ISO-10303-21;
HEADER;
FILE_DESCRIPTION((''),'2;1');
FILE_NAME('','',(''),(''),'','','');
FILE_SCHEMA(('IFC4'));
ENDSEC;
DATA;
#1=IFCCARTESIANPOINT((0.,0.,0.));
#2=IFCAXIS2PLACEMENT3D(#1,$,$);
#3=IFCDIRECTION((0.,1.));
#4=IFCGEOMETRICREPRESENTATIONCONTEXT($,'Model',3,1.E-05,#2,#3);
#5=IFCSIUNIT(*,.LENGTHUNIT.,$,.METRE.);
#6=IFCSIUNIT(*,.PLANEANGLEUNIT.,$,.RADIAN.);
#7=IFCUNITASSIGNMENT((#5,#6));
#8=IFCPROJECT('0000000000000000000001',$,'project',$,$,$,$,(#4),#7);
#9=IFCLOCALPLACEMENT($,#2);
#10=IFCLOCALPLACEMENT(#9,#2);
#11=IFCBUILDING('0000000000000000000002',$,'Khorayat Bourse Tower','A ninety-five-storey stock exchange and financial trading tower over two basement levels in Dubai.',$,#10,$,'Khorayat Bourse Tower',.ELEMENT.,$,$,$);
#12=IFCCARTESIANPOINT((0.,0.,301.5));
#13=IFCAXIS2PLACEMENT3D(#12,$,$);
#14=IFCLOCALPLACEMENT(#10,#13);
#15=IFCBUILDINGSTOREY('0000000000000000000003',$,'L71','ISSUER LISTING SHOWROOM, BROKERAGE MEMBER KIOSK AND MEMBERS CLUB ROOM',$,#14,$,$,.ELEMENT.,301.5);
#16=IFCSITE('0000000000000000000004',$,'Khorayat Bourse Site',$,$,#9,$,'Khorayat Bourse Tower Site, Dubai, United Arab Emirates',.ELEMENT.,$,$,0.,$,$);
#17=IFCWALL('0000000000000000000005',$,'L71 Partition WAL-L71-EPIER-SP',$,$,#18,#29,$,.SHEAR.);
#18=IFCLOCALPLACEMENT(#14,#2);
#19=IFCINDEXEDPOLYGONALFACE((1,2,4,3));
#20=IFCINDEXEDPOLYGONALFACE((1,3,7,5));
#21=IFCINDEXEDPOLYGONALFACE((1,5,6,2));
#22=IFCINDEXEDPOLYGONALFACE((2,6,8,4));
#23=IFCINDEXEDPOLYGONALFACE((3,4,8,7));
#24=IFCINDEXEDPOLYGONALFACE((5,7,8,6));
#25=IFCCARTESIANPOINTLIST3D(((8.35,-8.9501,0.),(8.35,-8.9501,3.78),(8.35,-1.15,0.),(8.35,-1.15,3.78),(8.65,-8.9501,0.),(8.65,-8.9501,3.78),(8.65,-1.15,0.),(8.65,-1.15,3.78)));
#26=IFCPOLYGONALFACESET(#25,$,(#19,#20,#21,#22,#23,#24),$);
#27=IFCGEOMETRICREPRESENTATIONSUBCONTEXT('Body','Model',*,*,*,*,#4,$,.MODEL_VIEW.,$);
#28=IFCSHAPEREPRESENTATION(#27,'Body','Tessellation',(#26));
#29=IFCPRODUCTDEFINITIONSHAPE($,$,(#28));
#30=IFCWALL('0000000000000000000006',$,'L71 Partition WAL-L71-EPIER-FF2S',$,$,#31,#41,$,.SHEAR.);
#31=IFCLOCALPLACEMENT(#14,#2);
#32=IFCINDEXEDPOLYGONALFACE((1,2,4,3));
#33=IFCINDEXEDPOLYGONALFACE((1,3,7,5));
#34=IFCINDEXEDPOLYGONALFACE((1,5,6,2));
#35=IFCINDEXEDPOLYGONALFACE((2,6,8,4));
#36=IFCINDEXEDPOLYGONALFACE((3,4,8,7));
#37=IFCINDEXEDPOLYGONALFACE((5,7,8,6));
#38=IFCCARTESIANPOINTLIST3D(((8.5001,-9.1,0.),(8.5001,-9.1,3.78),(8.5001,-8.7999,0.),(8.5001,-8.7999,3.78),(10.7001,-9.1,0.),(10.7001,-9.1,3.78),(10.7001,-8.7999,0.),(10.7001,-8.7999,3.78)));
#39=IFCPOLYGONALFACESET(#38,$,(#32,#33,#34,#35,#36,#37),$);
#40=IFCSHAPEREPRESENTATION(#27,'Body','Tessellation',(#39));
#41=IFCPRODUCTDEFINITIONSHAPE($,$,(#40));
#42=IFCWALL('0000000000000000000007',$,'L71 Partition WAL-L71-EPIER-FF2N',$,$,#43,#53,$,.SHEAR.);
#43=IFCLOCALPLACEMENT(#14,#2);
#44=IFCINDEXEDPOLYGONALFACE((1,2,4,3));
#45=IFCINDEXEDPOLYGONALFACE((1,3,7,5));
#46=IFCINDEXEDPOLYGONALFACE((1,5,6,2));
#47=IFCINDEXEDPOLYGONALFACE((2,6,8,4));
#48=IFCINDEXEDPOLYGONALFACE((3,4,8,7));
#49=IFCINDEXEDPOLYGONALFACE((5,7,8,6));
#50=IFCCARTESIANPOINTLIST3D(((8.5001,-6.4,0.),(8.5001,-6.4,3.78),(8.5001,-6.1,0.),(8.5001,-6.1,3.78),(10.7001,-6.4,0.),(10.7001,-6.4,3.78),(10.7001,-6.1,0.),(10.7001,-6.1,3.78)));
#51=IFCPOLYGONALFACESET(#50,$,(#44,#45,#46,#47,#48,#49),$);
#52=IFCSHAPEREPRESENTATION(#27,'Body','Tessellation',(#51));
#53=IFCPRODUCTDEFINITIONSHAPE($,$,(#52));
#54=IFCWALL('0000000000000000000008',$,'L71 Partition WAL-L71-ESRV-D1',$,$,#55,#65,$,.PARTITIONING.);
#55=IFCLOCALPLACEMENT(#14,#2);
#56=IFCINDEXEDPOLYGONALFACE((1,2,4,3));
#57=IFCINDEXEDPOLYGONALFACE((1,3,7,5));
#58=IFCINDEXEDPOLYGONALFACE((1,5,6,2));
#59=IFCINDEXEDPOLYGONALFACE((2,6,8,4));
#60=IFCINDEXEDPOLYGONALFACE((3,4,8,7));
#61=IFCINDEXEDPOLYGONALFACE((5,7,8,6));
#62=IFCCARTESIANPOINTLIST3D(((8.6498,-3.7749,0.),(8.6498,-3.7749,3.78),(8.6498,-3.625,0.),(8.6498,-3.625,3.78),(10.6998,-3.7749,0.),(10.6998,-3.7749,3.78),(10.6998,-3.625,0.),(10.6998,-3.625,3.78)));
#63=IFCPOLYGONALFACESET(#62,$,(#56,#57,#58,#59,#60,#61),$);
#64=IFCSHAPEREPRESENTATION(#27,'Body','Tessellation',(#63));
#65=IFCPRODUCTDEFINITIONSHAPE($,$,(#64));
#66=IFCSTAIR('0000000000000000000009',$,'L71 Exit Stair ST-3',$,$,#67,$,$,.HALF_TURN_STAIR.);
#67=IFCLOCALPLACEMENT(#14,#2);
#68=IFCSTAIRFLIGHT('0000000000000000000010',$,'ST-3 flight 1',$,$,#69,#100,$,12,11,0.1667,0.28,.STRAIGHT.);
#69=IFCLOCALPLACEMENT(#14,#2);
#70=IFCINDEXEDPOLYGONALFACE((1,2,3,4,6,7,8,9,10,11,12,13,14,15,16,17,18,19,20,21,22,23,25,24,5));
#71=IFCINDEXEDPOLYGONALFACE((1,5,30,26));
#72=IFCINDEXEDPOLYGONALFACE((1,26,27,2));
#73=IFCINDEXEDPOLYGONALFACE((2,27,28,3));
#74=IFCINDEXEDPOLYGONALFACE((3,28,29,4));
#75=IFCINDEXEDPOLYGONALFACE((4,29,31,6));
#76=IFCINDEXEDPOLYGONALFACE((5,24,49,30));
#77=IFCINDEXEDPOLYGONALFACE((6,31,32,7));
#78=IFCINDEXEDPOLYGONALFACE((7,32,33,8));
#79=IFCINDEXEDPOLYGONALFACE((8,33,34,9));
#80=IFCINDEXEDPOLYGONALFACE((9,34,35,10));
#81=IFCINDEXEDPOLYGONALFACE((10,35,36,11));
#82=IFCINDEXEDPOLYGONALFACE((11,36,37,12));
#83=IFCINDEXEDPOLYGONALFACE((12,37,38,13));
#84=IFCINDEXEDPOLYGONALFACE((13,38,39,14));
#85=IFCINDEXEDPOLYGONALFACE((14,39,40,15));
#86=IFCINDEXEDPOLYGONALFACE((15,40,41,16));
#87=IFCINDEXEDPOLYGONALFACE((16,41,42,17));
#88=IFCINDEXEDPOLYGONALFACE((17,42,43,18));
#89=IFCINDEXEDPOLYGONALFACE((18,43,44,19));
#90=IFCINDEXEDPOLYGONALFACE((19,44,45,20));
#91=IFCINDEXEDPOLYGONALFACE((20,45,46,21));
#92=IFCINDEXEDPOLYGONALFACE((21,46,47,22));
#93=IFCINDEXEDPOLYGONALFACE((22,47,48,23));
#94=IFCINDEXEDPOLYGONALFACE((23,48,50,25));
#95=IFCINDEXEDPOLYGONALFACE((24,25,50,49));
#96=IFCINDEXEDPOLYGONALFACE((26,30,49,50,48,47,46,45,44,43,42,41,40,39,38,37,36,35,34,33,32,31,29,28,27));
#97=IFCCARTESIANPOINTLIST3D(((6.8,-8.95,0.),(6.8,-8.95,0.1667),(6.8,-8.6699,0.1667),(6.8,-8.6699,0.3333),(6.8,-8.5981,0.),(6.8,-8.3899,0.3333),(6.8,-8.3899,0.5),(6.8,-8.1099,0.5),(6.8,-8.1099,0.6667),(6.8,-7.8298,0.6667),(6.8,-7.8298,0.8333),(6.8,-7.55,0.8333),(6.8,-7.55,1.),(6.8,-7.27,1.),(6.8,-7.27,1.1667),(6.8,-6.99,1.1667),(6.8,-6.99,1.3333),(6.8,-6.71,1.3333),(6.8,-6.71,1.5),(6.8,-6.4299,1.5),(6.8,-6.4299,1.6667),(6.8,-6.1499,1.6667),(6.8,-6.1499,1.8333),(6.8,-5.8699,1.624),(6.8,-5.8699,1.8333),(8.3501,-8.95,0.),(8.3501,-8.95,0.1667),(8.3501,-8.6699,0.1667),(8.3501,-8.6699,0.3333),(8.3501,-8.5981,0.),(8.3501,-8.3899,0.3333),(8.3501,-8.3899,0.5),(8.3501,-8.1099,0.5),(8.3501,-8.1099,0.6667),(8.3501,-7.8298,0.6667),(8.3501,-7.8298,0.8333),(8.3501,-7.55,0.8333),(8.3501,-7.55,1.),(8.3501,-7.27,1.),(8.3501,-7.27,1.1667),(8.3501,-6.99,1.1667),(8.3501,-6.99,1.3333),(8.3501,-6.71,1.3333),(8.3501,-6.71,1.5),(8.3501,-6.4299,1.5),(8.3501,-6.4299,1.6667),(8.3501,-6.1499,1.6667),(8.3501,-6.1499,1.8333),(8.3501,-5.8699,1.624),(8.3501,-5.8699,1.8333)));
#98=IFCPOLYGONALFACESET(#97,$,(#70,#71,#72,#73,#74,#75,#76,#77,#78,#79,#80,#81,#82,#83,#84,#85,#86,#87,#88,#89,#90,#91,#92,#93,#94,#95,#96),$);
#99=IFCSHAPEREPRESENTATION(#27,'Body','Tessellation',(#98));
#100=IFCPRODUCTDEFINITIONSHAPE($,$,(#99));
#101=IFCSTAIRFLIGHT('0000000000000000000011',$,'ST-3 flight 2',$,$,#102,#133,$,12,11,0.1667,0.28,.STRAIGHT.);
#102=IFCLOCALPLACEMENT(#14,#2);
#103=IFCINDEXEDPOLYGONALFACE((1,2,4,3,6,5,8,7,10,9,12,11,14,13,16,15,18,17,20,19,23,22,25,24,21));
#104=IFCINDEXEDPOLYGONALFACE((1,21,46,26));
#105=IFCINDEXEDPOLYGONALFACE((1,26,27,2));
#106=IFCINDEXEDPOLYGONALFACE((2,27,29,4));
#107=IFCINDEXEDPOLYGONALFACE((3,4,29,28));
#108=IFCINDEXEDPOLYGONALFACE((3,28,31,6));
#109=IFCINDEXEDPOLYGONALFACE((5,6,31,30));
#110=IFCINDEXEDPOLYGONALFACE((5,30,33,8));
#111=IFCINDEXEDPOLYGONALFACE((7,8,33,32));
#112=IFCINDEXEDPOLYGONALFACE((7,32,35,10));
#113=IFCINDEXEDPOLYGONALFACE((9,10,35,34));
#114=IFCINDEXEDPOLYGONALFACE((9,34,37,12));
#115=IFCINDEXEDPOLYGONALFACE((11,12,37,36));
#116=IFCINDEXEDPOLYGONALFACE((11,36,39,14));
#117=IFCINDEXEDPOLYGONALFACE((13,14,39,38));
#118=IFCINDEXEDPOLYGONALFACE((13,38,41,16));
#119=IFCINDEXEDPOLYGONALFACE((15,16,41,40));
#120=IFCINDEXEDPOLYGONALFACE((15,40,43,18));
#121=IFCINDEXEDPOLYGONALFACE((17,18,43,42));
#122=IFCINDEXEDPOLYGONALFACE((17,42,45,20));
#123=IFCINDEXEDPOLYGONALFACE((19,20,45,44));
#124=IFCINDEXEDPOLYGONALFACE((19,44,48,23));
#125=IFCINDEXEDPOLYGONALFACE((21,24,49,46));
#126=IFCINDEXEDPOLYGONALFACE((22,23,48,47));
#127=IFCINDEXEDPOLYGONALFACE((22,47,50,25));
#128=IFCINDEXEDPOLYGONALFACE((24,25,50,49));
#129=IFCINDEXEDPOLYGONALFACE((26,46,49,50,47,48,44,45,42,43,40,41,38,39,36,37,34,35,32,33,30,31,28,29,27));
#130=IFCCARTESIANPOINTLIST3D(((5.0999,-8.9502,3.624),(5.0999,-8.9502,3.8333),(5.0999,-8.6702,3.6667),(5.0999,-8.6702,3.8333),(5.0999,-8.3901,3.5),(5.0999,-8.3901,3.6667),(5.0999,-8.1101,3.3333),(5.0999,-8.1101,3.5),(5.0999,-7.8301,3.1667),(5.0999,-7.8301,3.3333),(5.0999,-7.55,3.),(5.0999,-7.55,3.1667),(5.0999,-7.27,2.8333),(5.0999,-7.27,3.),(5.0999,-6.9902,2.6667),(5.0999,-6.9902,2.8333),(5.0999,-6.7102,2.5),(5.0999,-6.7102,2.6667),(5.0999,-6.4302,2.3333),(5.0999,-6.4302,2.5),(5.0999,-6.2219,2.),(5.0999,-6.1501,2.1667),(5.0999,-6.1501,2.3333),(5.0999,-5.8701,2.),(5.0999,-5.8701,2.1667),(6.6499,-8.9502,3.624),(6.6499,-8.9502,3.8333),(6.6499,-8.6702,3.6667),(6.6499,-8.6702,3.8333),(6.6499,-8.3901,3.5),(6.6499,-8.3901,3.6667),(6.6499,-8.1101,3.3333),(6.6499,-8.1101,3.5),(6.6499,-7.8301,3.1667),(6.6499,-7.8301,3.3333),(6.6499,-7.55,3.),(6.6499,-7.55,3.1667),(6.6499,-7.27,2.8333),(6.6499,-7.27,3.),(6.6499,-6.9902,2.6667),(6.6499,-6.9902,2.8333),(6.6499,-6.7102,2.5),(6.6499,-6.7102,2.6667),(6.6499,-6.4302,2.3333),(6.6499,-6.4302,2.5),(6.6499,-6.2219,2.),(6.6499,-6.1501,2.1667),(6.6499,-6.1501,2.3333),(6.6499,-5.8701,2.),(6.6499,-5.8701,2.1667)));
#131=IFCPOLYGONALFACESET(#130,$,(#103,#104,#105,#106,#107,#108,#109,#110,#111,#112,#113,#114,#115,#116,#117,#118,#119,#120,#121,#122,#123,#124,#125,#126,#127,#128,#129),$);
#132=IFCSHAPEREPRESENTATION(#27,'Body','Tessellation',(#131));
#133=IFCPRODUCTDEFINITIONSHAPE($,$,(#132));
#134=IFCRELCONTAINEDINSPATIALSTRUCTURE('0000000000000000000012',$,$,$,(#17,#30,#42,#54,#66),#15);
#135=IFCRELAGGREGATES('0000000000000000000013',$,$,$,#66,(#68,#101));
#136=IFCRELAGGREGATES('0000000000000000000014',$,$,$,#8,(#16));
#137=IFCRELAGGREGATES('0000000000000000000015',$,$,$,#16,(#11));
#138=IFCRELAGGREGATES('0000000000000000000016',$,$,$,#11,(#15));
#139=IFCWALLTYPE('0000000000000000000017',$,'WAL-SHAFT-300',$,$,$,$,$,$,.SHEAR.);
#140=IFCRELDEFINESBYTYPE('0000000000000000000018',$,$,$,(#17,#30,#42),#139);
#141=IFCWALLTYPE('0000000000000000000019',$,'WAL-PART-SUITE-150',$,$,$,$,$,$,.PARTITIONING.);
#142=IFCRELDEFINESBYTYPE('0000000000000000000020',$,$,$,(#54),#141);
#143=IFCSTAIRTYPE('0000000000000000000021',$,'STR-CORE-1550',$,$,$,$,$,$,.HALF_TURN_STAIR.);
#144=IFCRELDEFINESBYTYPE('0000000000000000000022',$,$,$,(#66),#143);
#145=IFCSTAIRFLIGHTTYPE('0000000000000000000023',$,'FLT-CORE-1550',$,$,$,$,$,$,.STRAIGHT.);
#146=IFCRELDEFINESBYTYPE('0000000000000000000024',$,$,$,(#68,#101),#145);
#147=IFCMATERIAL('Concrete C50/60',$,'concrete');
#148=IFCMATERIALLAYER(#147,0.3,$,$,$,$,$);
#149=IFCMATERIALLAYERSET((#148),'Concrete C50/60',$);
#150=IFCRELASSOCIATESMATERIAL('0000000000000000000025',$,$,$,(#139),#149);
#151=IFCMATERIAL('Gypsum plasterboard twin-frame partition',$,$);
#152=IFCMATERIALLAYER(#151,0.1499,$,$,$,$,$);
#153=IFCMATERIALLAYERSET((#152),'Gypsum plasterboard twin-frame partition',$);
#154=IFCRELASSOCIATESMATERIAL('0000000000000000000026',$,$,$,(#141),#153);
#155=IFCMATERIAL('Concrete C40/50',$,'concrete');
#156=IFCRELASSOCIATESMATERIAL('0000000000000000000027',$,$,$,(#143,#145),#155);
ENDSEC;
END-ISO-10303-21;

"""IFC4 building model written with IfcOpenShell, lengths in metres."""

from ifc_helpers import new_model, si_unit, direction, frame, frame_2d, origin, place, context, subcontext, project, spatial, polyline, rectangle, outline, extrude, source, transform, mapped, material, layer, layer_set, type_object, element, aggregate, save


model = new_model("IFC4")

# Units and contexts
model_context = context("Model", 3, precision=1e-05, world=origin(), true_north=direction((0.0, 1.0)))
body_context = subcontext(model_context, "Body", "Model", "MODEL_VIEW")
ifc_project = project(units=[si_unit("LENGTHUNIT", "METRE"), si_unit("PLANEANGLEUNIT", "RADIAN")], contexts=[model_context])

# Site, building, storey
site_placement = place(None, origin())
site = spatial("IfcSite", under=ifc_project, at=site_placement, Name="Khorayat Bourse Site", LongName="Khorayat Bourse Tower Site, Dubai, United Arab Emirates", CompositionType="ELEMENT", RefElevation=0.0)
building_placement = place(site_placement, origin())
building = spatial("IfcBuilding", under=site, at=building_placement, Name="Khorayat Bourse Tower", Description="A ninety-five-storey stock exchange and financial trading tower over two basement levels in Dubai.", LongName="Khorayat Bourse Tower", CompositionType="ELEMENT")
storey_placement = place(building_placement, frame((0.0, 0.0, 301.5)))
storey = spatial("IfcBuildingStorey", under=building, at=storey_placement, Name="L71", Description="ISSUER LISTING SHOWROOM, BROKERAGE MEMBER KIOSK AND MEMBERS CLUB ROOM", CompositionType="ELEMENT", Elevation=301.5)

# Walls
ifc_material_1 = material(Name="Concrete C50/60", Category="concrete")
ifc_layer_1 = layer(ifc_material_1, 0.3)
ifc_layer_set_1 = layer_set([ifc_layer_1], Name="Concrete C50/60")
wall_type_1 = type_object("IfcWallType", Name="WAL-SHAFT-300", PredefinedType="SHEAR", material=ifc_layer_set_1)
shared_shape_1 = source(origin(), body_context, "Body", "SweptSolid", [
    extrude(rectangle(XDim=7.8, YDim=0.3, at=frame_2d((3.8999, 0.0))), origin(), (0.0, 0.0, 1.0), 3.78),
])
wall_1_placement = place(storey_placement, frame((8.5, -8.95, 0.0), z_axis=(0.0, 0.0, 1.0), x_axis=(0.0, 1.0, 0.0)))
element("IfcWall", 1, at=wall_1_placement, inside=storey, type_object=wall_type_1, Name="L71 Partition WAL-L71-EPIER-SP", PredefinedType="SHEAR", context=body_context, shape_type="MappedRepresentation", body=[
    mapped(shared_shape_1, transform((0.0, 0.0, 0.0), scale=1.0)),
])
shared_shape_2 = source(origin(), body_context, "Body", "SweptSolid", [
    extrude(rectangle(XDim=2.2, YDim=0.3, at=frame_2d((1.1001, 0.0))), origin(), (0.0, 0.0, 1.0), 3.78),
])
for number, where, z_axis, x_axis, name in (
    (2, (8.5, -8.95, 0.0), (0.0, 0.0, 1.0), (1.0, 0.0, 0.0), "L71 Partition WAL-L71-EPIER-FF2S"),
    (3, (8.5, -6.25, 0.0), (0.0, 0.0, 1.0), (1.0, 0.0, 0.0), "L71 Partition WAL-L71-EPIER-FF2N"),
):
    element("IfcWall", number, at=place(storey_placement, frame(where, z_axis=z_axis, x_axis=x_axis)), inside=storey, type_object=wall_type_1, Name=name, PredefinedType="SHEAR", context=body_context, shape_type="MappedRepresentation", body=[
        mapped(shared_shape_2, transform((0.0, 0.0, 0.0), scale=1.0)),
    ])
ifc_material_2 = material(Name="Gypsum plasterboard twin-frame partition")
ifc_layer_2 = layer(ifc_material_2, 0.1499)
ifc_layer_set_2 = layer_set([ifc_layer_2], Name="Gypsum plasterboard twin-frame partition")
wall_type_2 = type_object("IfcWallType", Name="WAL-PART-SUITE-150", PredefinedType="PARTITIONING", material=ifc_layer_set_2)
shared_shape_3 = source(origin(), body_context, "Body", "SweptSolid", [
    extrude(rectangle(XDim=2.05, YDim=0.1499, at=frame_2d((1.0249, 0.0))), origin(), (0.0, 0.0, 1.0), 3.78),
])
wall_2_placement = place(storey_placement, frame((8.6499, -3.7, 0.0), z_axis=(0.0, 0.0, 1.0), x_axis=(1.0, 0.0, 0.0)))
element("IfcWall", 4, at=wall_2_placement, inside=storey, type_object=wall_type_2, Name="L71 Partition WAL-L71-ESRV-D1", PredefinedType="PARTITIONING", context=body_context, shape_type="MappedRepresentation", body=[
    mapped(shared_shape_3, transform((0.0, 0.0, 0.0), scale=1.0)),
])

# Stair, stair flights
ifc_material_3 = material(Name="Concrete C40/50", Category="concrete")
stair_type = type_object("IfcStairType", Name="STR-CORE-1550", PredefinedType="HALF_TURN_STAIR", material=ifc_material_3)
stair_placement = place(storey_placement, origin())
stair = element("IfcStair", 5, at=stair_placement, inside=storey, type_object=stair_type, Name="L71 Exit Stair ST-3", PredefinedType="HALF_TURN_STAIR")
stair_flight_type = type_object("IfcStairFlightType", Name="FLT-CORE-1550", PredefinedType="STRAIGHT", material=ifc_material_3)
shared_shape_4 = source(origin(), body_context, "Body", "SweptSolid", [
    extrude(outline(polyline([(0.0, 0.0), (0.0, 0.1667), (0.28, 0.1667), (0.28, 0.3333), (0.5601, 0.3333), (0.5601, 0.5), (0.8401, 0.5), (0.8401, 0.6667), (1.1201, 0.6667), (1.1201, 0.8333), (1.3999, 0.8333), (1.3999, 1.0), (1.6799, 1.0), (1.6799, 1.1667), (1.96, 1.1667), (1.96, 1.3333), (2.24, 1.3333), (2.24, 1.5), (2.52, 1.5), (2.52, 1.6667), (2.8, 1.6667), (2.8, 1.8333), (3.0801, 1.8333), (3.0801, 2.0), (3.0801, 1.624), (0.3518, 0.0), (0.0, 0.0)])), frame((0.0, 0.7749, 0.0), z_axis=(0.0, -1.0, 0.0), x_axis=(1.0, 0.0, 0.0)), (0.0, 0.0, 1.0), 1.55),
])
stair_flight_1_placement = place(storey_placement, frame((7.575, -8.95, 0.0), z_axis=(0.0, 0.0, 1.0), x_axis=(0.0, 1.0, 0.0)))
stair_flight_1 = element("IfcStairFlight", 6, at=stair_flight_1_placement, type_object=stair_flight_type, Name="ST-3 flight 1", NumberOfRisers=12, NumberOfTreads=11, PredefinedType="STRAIGHT", RiserHeight=0.1667, TreadLength=0.28, context=body_context, shape_type="MappedRepresentation", body=[
    mapped(shared_shape_4, transform((0.0, 0.0, 0.0), scale=1.0)),
])
stair_flight_2_placement = place(storey_placement, frame((5.875, -5.8701, 2.0), z_axis=(0.0, 0.0, 1.0), x_axis=(0.0, -1.0, 0.0)))
stair_flight_2 = element("IfcStairFlight", 7, at=stair_flight_2_placement, type_object=stair_flight_type, Name="ST-3 flight 2", NumberOfRisers=12, NumberOfTreads=11, PredefinedType="STRAIGHT", RiserHeight=0.1667, TreadLength=0.28, context=body_context, shape_type="MappedRepresentation", body=[
    mapped(shared_shape_4, transform((0.0, 0.0, 0.0), scale=1.0)),
])
aggregate(stair, [stair_flight_1, stair_flight_2])

save(model, "model.ifc")
